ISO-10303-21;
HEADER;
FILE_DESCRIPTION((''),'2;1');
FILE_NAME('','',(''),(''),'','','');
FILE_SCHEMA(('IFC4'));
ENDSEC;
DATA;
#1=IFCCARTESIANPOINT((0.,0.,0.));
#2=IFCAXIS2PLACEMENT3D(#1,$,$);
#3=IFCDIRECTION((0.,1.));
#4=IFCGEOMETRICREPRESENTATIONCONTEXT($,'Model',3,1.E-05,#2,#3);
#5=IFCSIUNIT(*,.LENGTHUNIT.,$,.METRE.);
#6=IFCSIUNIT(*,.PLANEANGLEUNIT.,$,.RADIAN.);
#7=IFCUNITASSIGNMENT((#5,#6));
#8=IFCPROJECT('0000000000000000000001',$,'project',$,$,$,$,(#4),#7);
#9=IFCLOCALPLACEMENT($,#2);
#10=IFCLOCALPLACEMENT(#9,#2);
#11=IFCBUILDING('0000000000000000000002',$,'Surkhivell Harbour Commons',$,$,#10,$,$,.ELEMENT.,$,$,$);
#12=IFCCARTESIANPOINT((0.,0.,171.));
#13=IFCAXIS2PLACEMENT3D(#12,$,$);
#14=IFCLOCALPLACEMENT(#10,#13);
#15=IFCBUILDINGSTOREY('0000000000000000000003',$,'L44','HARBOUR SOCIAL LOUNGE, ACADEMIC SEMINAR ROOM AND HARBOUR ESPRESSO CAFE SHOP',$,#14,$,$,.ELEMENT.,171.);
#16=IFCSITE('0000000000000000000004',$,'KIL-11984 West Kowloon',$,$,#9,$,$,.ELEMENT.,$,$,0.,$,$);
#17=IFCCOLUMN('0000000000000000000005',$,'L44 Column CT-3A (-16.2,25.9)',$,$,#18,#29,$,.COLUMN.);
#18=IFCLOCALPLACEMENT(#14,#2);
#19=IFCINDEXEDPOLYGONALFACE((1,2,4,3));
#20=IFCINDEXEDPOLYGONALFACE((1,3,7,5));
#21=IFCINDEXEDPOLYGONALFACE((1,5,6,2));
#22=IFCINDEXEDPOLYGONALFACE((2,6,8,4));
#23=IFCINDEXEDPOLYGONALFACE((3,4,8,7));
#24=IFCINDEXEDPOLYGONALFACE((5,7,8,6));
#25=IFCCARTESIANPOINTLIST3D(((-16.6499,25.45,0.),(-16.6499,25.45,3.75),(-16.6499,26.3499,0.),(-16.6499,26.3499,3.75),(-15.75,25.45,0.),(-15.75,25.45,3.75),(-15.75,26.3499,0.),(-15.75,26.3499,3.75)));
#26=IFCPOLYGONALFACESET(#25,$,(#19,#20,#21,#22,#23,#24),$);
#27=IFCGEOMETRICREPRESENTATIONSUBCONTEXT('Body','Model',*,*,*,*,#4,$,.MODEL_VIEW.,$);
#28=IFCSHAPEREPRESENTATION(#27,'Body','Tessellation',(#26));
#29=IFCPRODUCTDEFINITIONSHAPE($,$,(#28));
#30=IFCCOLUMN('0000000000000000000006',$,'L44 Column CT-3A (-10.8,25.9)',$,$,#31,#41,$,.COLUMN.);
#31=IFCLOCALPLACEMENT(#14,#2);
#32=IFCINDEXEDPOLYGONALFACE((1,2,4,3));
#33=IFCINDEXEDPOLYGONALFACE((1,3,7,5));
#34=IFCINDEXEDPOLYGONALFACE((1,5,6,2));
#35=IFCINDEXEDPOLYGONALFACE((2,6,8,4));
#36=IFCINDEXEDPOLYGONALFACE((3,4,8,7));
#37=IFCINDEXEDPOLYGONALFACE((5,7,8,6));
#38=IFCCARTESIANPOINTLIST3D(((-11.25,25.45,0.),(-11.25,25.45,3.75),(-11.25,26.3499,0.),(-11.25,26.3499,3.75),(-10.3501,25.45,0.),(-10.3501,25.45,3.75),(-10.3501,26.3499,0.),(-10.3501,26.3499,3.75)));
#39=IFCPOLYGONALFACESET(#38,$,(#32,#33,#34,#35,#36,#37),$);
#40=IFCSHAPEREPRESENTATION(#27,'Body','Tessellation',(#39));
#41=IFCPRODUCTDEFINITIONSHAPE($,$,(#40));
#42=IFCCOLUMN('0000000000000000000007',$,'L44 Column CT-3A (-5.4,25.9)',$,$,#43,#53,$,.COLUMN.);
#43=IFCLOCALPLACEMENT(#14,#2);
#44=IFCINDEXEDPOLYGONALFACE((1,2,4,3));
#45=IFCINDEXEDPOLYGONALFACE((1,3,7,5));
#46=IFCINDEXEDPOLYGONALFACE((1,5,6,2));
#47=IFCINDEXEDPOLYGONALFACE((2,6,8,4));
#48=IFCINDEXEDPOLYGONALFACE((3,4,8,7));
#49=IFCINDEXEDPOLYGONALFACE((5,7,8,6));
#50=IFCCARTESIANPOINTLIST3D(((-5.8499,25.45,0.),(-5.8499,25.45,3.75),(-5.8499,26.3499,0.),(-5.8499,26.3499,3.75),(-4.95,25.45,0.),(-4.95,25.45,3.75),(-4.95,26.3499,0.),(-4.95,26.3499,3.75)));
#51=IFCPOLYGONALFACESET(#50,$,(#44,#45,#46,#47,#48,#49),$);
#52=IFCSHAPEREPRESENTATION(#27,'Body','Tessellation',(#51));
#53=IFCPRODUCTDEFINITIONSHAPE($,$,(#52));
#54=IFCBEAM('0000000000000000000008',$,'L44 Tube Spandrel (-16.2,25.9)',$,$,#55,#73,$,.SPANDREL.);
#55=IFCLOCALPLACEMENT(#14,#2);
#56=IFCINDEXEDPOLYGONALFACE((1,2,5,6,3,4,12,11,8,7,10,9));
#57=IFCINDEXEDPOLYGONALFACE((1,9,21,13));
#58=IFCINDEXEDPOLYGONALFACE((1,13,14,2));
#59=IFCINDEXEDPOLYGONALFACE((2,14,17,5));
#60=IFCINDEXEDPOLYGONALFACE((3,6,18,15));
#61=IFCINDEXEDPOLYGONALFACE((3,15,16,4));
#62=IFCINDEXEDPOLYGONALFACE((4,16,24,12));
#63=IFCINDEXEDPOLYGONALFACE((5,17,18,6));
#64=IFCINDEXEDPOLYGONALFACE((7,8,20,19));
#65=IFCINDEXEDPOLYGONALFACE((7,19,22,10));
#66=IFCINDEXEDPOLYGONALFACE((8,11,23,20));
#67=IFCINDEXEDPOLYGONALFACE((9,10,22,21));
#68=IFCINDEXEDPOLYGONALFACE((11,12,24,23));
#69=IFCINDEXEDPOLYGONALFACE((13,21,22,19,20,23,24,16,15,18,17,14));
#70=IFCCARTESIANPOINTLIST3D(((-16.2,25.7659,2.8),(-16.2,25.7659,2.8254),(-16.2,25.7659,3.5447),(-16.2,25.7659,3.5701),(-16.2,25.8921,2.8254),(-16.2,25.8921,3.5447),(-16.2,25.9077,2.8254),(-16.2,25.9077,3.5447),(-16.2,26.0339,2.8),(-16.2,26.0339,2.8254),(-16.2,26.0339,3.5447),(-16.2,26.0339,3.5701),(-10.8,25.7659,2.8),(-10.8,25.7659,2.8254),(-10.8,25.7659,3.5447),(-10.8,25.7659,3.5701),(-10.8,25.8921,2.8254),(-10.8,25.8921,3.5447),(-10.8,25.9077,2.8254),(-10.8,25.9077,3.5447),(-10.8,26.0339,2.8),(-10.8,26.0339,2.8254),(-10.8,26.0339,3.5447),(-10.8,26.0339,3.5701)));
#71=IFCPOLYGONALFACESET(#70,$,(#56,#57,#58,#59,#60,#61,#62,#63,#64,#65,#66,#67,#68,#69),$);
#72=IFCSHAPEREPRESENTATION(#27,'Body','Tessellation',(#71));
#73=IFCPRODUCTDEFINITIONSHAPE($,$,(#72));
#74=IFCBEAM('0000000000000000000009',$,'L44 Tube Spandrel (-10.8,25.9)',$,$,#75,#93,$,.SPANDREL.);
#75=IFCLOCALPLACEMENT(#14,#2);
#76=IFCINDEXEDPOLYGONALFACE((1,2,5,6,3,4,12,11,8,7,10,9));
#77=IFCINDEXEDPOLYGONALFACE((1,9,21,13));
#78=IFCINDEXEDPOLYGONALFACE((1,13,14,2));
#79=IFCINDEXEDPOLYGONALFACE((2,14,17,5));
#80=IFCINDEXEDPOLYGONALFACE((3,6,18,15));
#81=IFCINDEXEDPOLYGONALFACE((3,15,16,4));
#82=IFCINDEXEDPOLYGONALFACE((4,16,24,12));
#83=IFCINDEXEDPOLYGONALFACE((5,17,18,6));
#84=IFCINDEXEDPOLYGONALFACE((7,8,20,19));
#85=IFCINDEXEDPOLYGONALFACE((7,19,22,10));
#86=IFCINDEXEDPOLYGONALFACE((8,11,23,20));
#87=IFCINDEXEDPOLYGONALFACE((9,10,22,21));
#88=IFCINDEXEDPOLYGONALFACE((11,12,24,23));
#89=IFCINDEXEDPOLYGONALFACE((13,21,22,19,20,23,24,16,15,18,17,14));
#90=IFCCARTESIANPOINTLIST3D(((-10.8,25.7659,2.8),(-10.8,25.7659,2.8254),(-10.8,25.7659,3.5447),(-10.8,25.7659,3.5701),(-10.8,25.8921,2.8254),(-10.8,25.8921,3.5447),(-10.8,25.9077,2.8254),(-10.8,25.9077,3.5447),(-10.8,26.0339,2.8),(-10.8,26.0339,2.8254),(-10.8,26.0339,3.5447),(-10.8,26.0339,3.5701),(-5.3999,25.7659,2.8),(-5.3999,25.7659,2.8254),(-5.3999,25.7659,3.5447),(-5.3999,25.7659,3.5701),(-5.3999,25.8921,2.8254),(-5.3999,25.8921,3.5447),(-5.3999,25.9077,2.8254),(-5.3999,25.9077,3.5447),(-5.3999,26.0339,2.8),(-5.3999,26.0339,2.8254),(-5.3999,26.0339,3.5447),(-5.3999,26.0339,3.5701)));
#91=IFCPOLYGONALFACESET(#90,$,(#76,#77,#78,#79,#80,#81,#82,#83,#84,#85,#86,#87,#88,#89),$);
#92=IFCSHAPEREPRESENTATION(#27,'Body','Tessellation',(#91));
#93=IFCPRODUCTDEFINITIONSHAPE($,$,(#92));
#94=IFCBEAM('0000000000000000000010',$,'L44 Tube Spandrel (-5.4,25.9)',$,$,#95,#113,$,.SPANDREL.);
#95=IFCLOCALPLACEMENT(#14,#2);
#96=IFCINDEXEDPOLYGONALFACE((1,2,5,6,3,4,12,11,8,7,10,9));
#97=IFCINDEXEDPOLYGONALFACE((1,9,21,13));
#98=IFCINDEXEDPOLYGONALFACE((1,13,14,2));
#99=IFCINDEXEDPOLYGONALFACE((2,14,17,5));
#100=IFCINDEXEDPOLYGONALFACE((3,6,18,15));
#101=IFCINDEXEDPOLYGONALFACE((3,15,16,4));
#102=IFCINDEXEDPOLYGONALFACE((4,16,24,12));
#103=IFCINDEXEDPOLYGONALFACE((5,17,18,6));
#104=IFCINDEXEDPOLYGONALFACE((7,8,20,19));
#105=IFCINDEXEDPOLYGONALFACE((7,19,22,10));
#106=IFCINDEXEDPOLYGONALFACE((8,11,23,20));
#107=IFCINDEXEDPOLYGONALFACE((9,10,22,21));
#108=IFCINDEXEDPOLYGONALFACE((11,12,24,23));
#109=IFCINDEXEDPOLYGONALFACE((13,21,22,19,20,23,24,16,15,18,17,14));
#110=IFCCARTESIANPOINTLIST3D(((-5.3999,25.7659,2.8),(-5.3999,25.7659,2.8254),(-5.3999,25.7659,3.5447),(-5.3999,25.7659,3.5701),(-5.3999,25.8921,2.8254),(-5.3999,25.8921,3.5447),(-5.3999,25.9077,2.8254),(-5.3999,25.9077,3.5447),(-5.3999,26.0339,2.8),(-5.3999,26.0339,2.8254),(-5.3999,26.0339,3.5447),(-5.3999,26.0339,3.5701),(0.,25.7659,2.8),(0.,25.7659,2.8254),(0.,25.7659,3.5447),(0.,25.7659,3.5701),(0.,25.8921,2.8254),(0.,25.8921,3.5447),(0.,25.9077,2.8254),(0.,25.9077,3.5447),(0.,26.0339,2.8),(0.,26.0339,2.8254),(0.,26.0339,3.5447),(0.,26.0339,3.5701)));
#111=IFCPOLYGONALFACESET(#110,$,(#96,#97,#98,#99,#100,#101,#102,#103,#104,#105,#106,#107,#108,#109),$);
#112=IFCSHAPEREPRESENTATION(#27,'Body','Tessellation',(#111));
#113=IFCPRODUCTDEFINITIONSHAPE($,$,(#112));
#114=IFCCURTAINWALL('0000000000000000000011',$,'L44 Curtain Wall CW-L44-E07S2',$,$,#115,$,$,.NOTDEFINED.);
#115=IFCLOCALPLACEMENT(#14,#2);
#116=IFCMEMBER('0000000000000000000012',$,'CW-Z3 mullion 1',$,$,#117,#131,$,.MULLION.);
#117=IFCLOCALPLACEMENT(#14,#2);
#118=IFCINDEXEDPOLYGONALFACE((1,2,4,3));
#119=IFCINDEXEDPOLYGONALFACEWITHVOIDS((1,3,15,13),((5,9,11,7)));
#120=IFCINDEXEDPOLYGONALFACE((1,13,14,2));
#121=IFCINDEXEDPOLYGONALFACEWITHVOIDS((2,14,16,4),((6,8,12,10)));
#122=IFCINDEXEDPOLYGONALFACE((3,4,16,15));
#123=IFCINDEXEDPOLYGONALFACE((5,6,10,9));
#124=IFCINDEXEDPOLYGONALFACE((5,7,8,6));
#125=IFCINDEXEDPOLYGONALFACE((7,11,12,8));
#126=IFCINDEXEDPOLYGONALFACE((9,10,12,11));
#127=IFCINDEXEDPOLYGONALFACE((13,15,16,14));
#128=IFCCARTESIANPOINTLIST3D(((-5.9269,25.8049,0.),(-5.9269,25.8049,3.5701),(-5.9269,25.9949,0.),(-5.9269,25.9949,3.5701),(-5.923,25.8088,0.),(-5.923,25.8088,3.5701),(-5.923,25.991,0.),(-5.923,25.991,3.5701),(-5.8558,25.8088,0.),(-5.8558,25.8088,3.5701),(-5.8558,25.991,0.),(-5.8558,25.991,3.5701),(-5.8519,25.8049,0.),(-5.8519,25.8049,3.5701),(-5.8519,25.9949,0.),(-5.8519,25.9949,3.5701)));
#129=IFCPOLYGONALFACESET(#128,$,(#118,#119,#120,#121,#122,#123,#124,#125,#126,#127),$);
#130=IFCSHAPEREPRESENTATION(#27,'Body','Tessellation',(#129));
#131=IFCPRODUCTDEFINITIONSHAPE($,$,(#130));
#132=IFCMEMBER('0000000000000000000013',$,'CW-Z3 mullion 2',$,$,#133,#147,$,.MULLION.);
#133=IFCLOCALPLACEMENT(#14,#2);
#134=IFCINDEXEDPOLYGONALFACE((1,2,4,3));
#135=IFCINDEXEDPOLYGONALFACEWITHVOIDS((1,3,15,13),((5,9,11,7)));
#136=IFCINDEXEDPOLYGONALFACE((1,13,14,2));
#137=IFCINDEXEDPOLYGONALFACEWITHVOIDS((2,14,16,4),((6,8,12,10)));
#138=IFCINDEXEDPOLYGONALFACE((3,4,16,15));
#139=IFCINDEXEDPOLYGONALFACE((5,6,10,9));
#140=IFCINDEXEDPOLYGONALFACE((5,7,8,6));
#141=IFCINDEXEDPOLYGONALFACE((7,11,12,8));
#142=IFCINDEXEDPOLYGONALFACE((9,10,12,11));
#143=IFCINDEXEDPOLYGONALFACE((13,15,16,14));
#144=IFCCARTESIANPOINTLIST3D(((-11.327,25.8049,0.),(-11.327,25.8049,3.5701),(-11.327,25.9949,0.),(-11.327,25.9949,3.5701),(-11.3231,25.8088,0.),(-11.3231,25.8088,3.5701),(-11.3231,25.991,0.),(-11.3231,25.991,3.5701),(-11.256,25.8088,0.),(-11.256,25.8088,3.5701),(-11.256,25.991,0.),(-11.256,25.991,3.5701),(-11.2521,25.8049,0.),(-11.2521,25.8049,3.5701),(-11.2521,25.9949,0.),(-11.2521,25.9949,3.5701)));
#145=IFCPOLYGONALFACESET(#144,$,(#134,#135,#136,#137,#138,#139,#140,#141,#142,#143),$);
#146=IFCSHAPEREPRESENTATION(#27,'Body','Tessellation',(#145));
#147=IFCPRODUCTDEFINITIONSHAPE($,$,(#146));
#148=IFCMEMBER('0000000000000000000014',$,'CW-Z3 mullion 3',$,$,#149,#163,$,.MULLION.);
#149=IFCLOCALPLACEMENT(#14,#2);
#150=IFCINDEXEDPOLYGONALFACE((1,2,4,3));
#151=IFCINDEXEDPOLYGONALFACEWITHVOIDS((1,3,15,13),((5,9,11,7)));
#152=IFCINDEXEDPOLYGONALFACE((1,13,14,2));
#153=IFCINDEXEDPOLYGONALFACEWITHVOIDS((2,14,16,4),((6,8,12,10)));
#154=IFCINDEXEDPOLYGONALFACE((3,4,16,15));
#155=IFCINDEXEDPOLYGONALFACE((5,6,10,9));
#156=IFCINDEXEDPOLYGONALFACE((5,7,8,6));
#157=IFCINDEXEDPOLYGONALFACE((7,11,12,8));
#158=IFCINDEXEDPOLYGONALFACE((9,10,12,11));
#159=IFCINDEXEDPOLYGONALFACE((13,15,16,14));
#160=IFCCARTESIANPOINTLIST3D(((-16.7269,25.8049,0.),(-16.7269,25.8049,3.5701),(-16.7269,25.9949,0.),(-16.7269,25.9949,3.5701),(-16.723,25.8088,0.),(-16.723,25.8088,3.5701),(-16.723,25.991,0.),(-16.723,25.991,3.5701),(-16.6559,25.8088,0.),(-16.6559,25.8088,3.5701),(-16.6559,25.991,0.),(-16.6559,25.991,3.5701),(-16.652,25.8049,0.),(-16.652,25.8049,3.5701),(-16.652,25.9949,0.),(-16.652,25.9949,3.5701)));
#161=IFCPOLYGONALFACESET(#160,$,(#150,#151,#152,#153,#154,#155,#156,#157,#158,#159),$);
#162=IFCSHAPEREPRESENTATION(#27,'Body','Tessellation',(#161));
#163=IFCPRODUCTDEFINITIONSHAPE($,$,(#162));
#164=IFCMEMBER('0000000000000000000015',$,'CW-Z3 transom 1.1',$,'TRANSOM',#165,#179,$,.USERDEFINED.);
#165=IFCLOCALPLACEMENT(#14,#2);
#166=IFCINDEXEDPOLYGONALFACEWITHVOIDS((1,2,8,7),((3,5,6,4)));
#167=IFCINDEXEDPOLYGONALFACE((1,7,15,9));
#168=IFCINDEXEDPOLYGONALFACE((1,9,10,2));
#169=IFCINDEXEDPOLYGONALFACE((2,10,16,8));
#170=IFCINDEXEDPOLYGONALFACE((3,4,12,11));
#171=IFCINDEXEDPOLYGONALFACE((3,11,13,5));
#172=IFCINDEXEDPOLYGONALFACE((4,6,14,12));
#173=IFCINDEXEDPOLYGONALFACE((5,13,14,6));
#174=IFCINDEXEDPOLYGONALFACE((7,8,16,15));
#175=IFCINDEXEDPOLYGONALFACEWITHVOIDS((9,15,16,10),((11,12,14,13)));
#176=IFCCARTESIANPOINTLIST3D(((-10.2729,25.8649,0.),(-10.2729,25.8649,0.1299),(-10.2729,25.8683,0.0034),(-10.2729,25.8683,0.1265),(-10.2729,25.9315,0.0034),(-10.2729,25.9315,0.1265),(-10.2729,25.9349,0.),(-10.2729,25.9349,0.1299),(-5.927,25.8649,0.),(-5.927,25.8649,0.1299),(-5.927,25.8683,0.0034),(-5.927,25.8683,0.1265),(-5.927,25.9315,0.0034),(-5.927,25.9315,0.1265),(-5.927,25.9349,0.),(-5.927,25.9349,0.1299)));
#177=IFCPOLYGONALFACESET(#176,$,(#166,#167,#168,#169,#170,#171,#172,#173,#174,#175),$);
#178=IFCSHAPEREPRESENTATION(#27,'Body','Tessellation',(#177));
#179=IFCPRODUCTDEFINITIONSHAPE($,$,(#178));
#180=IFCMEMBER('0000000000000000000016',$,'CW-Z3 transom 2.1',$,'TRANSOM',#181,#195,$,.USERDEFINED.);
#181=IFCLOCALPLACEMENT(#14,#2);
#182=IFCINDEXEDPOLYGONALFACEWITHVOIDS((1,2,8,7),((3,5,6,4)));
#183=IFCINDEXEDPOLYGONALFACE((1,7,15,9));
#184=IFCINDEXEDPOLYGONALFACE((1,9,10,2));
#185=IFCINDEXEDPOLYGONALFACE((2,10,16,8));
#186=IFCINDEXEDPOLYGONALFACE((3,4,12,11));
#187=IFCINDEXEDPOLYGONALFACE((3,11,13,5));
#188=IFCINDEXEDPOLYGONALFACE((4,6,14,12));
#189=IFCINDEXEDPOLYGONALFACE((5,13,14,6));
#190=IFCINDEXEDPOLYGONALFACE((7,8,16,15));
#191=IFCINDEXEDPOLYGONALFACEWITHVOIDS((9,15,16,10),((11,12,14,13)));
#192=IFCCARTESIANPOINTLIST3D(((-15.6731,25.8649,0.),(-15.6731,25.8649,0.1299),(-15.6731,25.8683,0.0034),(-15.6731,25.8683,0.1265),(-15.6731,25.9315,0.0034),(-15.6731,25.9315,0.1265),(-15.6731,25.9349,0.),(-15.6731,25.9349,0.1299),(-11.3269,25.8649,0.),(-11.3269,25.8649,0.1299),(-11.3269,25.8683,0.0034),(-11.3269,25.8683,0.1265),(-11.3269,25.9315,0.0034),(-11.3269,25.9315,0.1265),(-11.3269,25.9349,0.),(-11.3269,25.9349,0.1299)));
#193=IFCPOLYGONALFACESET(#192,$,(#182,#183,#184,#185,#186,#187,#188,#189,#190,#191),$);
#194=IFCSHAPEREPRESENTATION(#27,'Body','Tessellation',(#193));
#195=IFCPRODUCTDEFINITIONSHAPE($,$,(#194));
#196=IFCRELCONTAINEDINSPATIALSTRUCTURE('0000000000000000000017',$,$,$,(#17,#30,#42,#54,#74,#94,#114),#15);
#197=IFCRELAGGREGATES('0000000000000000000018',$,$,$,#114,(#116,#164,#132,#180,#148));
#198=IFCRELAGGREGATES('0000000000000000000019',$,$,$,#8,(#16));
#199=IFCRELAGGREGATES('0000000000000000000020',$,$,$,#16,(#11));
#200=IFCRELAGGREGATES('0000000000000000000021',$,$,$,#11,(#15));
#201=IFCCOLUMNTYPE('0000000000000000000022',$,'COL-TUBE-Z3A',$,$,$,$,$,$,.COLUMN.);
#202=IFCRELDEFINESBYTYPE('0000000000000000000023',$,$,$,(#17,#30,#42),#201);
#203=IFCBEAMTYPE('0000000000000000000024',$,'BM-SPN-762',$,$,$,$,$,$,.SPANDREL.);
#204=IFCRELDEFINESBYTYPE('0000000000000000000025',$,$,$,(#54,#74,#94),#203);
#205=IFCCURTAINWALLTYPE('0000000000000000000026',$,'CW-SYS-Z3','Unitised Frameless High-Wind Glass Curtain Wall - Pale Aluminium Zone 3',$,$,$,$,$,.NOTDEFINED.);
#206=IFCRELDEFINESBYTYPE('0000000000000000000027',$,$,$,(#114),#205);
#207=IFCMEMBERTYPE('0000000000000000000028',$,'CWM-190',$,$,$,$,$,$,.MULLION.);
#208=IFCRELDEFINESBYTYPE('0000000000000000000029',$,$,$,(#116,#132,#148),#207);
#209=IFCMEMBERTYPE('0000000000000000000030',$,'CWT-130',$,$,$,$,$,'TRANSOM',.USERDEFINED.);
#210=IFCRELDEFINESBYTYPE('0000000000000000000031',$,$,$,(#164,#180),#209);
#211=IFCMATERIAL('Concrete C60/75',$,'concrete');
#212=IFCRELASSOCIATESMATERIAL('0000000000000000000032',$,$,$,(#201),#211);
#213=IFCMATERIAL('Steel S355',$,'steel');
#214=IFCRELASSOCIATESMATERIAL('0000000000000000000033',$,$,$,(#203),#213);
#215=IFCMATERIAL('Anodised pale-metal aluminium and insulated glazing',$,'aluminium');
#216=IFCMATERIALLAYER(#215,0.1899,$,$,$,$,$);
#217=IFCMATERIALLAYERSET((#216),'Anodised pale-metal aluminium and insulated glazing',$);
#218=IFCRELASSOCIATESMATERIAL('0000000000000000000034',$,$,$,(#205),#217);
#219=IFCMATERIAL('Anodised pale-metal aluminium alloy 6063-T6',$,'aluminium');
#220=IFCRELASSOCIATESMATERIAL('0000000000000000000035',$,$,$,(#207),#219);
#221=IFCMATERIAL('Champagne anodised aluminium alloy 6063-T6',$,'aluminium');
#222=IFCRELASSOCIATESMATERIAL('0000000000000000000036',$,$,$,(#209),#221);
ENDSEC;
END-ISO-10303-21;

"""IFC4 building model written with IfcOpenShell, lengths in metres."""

from ifc_helpers import new_model, si_unit, direction, frame, origin, origin_2d, place, context, subcontext, project, spatial, rectangle, hollow_rectangle, i_section, extrude, material, layer, layer_set, material_profile, profile_set, type_object, element, aggregate, save


model = new_model("IFC4")

# Units and contexts
model_context = context("Model", 3, precision=1e-05, world=origin(), true_north=direction((0.0, 1.0)))
body_context = subcontext(model_context, "Body", "Model", "MODEL_VIEW")
ifc_project = project(units=[si_unit("LENGTHUNIT", "METRE"), si_unit("PLANEANGLEUNIT", "RADIAN")], contexts=[model_context])

# Site, building, storey
site_placement = place(None, origin())
site = spatial("IfcSite", under=ifc_project, at=site_placement, Name="KIL-11984 West Kowloon", CompositionType="ELEMENT", RefElevation=0.0)
building_placement = place(site_placement, origin())
building = spatial("IfcBuilding", under=site, at=building_placement, Name="Surkhivell Harbour Commons", CompositionType="ELEMENT")
storey_placement = place(building_placement, frame((0.0, 0.0, 171.0)))
storey = spatial("IfcBuildingStorey", under=building, at=storey_placement, Name="L44", Description="HARBOUR SOCIAL LOUNGE, ACADEMIC SEMINAR ROOM AND HARBOUR ESPRESSO CAFE SHOP", CompositionType="ELEMENT", Elevation=171.0)

# Columns
ifc_material_1 = material(Name="Concrete C60/75", Category="concrete")
ifc_material_profile_1 = material_profile(ifc_material_1, rectangle(XDim=0.8999, YDim=0.8999, at=origin_2d()), Name="RC-COL-900x900")
ifc_profile_set_1 = profile_set([ifc_material_profile_1], Name="Concrete C60/75")
column_type = type_object("IfcColumnType", Name="COL-TUBE-Z3A", PredefinedType="COLUMN", material=ifc_profile_set_1)
for number, where, z_axis, x_axis, name in (
    (1, (-16.2, 25.8999, 0.0), (0.0, 0.0, 1.0), (1.0, 0.0, 0.0), "L44 Column CT-3A (-16.2,25.9)"),
    (2, (-10.8, 25.8999, 0.0), (0.0, 0.0, 1.0), (1.0, 0.0, 0.0), "L44 Column CT-3A (-10.8,25.9)"),
    (3, (-5.3999, 25.8999, 0.0), (0.0, 0.0, 1.0), (1.0, 0.0, 0.0), "L44 Column CT-3A (-5.4,25.9)"),
):
    element("IfcColumn", number, at=place(storey_placement, frame(where, z_axis=z_axis, x_axis=x_axis)), inside=storey, type_object=column_type, Name=name, PredefinedType="COLUMN", context=body_context, shape_type="SweptSolid", body=[
        extrude(rectangle(XDim=0.8999, YDim=0.8999, at=origin_2d()), origin(), (0.0, 0.0, 1.0), 3.75),
    ])

# Beams
ifc_material_2 = material(Name="Steel S355", Category="steel")
ifc_material_profile_2 = material_profile(ifc_material_2, i_section(OverallWidth=0.2681, OverallDepth=0.77, WebThickness=0.0156, FlangeThickness=0.0254, at=origin_2d()), Name="UB762x267x197")
ifc_profile_set_2 = profile_set([ifc_material_profile_2], Name="Steel S355")
beam_type = type_object("IfcBeamType", Name="BM-SPN-762", PredefinedType="SPANDREL", material=ifc_profile_set_2)
beam_1_placement = place(storey_placement, frame((-16.2, 25.8999, 3.1851), z_axis=(1.0, 0.0, 0.0), x_axis=(0.0, 1.0, 0.0)))
element("IfcBeam", 4, at=beam_1_placement, inside=storey, type_object=beam_type, Name="L44 Tube Spandrel (-16.2,25.9)", PredefinedType="SPANDREL", context=body_context, shape_type="SweptSolid", body=[
    extrude(i_section(OverallWidth=0.2681, OverallDepth=0.77, WebThickness=0.0156, FlangeThickness=0.0254, at=origin_2d()), origin(), (0.0, 0.0, 1.0), 5.3999),
])
beam_2_placement = place(storey_placement, frame((-10.8, 25.8999, 3.1851), z_axis=(1.0, 0.0, 0.0), x_axis=(0.0, 1.0, 0.0)))
element("IfcBeam", 5, at=beam_2_placement, inside=storey, type_object=beam_type, Name="L44 Tube Spandrel (-10.8,25.9)", PredefinedType="SPANDREL", context=body_context, shape_type="SweptSolid", body=[
    extrude(i_section(OverallWidth=0.2681, OverallDepth=0.77, WebThickness=0.0156, FlangeThickness=0.0254, at=origin_2d()), origin(), (0.0, 0.0, 1.0), 5.4001),
])
beam_3_placement = place(storey_placement, frame((-5.3999, 25.8999, 3.1851), z_axis=(1.0, 0.0, 0.0), x_axis=(0.0, 1.0, 0.0)))
element("IfcBeam", 6, at=beam_3_placement, inside=storey, type_object=beam_type, Name="L44 Tube Spandrel (-5.4,25.9)", PredefinedType="SPANDREL", context=body_context, shape_type="SweptSolid", body=[
    extrude(i_section(OverallWidth=0.2681, OverallDepth=0.77, WebThickness=0.0156, FlangeThickness=0.0254, at=origin_2d()), origin(), (0.0, 0.0, 1.0), 5.3999),
])

# Curtain wall, members
ifc_material_3 = material(Name="Anodised pale-metal aluminium and insulated glazing", Category="aluminium")
ifc_layer_1 = layer(ifc_material_3, 0.1899)
ifc_layer_set_1 = layer_set([ifc_layer_1], Name="Anodised pale-metal aluminium and insulated glazing")
curtain_wall_type = type_object("IfcCurtainWallType", Name="CW-SYS-Z3", Description="Unitised Frameless High-Wind Glass Curtain Wall - Pale Aluminium Zone 3", PredefinedType="NOTDEFINED", material=ifc_layer_set_1)
curtain_wall_placement = place(storey_placement, origin())
curtain_wall = element("IfcCurtainWall", 7, at=curtain_wall_placement, inside=storey, type_object=curtain_wall_type, Name="L44 Curtain Wall CW-L44-E07S2", PredefinedType="NOTDEFINED")
ifc_material_4 = material(Name="Anodised pale-metal aluminium alloy 6063-T6", Category="aluminium")
ifc_material_profile_3 = material_profile(ifc_material_4, hollow_rectangle(XDim=0.075, YDim=0.1899, WallThickness=0.0039, at=origin_2d()), Name="ALU-MULL-75x190")
ifc_profile_set_3 = profile_set([ifc_material_profile_3], Name="Anodised pale-metal aluminium alloy 6063-T6")
member_type_1 = type_object("IfcMemberType", Name="CWM-190", PredefinedType="MULLION", material=ifc_profile_set_3)
member_1_placement = place(storey_placement, frame((-5.8894, 25.8999, 0.0), z_axis=(0.0, 0.0, 1.0), x_axis=(-1.0, 0.0, 0.0)))
member_1 = element("IfcMember", 8, at=member_1_placement, type_object=member_type_1, Name="CW-Z3 mullion 1", PredefinedType="MULLION", context=body_context, shape_type="SweptSolid", body=[
    extrude(hollow_rectangle(XDim=0.075, YDim=0.1899, WallThickness=0.0039, at=origin_2d()), origin(), (0.0, 0.0, 1.0), 3.5701),
])
member_2_placement = place(storey_placement, frame((-11.2896, 25.8999, 0.0), z_axis=(0.0, 0.0, 1.0), x_axis=(-1.0, 0.0, 0.0)))
member_2 = element("IfcMember", 9, at=member_2_placement, type_object=member_type_1, Name="CW-Z3 mullion 2", PredefinedType="MULLION", context=body_context, shape_type="SweptSolid", body=[
    extrude(hollow_rectangle(XDim=0.075, YDim=0.1899, WallThickness=0.0039, at=origin_2d()), origin(), (0.0, 0.0, 1.0), 3.5701),
])
member_3_placement = place(storey_placement, frame((-16.6895, 25.8999, 0.0), z_axis=(0.0, 0.0, 1.0), x_axis=(-1.0, 0.0, 0.0)))
member_3 = element("IfcMember", 10, at=member_3_placement, type_object=member_type_1, Name="CW-Z3 mullion 3", PredefinedType="MULLION", context=body_context, shape_type="SweptSolid", body=[
    extrude(hollow_rectangle(XDim=0.075, YDim=0.1899, WallThickness=0.0039, at=origin_2d()), origin(), (0.0, 0.0, 1.0), 3.5701),
])
ifc_material_5 = material(Name="Champagne anodised aluminium alloy 6063-T6", Category="aluminium")
ifc_material_profile_4 = material_profile(ifc_material_5, hollow_rectangle(XDim=0.0701, YDim=0.1299, WallThickness=0.0034, at=origin_2d()), Name="ALU-TRAN-70x130")
ifc_profile_set_4 = profile_set([ifc_material_profile_4], Name="Champagne anodised aluminium alloy 6063-T6")
member_type_2 = type_object("IfcMemberType", Name="CWT-130", ElementType="TRANSOM", PredefinedType="USERDEFINED", material=ifc_profile_set_4)
member_4_placement = place(storey_placement, frame((-5.927, 25.8999, 0.0649), z_axis=(-1.0, 0.0, 0.0), x_axis=(0.0, -1.0, 0.0)))
member_4 = element("IfcMember", 11, at=member_4_placement, type_object=member_type_2, Name="CW-Z3 transom 1.1", ObjectType="TRANSOM", PredefinedType="USERDEFINED", context=body_context, shape_type="SweptSolid", body=[
    extrude(hollow_rectangle(XDim=0.0701, YDim=0.1299, WallThickness=0.0034, at=origin_2d()), origin(), (0.0, 0.0, 1.0), 4.3459),
])
member_5_placement = place(storey_placement, frame((-11.3269, 25.8999, 0.0649), z_axis=(-1.0, 0.0, 0.0), x_axis=(0.0, -1.0, 0.0)))
member_5 = element("IfcMember", 12, at=member_5_placement, type_object=member_type_2, Name="CW-Z3 transom 2.1", ObjectType="TRANSOM", PredefinedType="USERDEFINED", context=body_context, shape_type="SweptSolid", body=[
    extrude(hollow_rectangle(XDim=0.0701, YDim=0.1299, WallThickness=0.0034, at=origin_2d()), origin(), (0.0, 0.0, 1.0), 4.3462),
])

aggregate(curtain_wall, [member_1, member_4, member_2, member_5, member_3])

save(model, "model.ifc")
